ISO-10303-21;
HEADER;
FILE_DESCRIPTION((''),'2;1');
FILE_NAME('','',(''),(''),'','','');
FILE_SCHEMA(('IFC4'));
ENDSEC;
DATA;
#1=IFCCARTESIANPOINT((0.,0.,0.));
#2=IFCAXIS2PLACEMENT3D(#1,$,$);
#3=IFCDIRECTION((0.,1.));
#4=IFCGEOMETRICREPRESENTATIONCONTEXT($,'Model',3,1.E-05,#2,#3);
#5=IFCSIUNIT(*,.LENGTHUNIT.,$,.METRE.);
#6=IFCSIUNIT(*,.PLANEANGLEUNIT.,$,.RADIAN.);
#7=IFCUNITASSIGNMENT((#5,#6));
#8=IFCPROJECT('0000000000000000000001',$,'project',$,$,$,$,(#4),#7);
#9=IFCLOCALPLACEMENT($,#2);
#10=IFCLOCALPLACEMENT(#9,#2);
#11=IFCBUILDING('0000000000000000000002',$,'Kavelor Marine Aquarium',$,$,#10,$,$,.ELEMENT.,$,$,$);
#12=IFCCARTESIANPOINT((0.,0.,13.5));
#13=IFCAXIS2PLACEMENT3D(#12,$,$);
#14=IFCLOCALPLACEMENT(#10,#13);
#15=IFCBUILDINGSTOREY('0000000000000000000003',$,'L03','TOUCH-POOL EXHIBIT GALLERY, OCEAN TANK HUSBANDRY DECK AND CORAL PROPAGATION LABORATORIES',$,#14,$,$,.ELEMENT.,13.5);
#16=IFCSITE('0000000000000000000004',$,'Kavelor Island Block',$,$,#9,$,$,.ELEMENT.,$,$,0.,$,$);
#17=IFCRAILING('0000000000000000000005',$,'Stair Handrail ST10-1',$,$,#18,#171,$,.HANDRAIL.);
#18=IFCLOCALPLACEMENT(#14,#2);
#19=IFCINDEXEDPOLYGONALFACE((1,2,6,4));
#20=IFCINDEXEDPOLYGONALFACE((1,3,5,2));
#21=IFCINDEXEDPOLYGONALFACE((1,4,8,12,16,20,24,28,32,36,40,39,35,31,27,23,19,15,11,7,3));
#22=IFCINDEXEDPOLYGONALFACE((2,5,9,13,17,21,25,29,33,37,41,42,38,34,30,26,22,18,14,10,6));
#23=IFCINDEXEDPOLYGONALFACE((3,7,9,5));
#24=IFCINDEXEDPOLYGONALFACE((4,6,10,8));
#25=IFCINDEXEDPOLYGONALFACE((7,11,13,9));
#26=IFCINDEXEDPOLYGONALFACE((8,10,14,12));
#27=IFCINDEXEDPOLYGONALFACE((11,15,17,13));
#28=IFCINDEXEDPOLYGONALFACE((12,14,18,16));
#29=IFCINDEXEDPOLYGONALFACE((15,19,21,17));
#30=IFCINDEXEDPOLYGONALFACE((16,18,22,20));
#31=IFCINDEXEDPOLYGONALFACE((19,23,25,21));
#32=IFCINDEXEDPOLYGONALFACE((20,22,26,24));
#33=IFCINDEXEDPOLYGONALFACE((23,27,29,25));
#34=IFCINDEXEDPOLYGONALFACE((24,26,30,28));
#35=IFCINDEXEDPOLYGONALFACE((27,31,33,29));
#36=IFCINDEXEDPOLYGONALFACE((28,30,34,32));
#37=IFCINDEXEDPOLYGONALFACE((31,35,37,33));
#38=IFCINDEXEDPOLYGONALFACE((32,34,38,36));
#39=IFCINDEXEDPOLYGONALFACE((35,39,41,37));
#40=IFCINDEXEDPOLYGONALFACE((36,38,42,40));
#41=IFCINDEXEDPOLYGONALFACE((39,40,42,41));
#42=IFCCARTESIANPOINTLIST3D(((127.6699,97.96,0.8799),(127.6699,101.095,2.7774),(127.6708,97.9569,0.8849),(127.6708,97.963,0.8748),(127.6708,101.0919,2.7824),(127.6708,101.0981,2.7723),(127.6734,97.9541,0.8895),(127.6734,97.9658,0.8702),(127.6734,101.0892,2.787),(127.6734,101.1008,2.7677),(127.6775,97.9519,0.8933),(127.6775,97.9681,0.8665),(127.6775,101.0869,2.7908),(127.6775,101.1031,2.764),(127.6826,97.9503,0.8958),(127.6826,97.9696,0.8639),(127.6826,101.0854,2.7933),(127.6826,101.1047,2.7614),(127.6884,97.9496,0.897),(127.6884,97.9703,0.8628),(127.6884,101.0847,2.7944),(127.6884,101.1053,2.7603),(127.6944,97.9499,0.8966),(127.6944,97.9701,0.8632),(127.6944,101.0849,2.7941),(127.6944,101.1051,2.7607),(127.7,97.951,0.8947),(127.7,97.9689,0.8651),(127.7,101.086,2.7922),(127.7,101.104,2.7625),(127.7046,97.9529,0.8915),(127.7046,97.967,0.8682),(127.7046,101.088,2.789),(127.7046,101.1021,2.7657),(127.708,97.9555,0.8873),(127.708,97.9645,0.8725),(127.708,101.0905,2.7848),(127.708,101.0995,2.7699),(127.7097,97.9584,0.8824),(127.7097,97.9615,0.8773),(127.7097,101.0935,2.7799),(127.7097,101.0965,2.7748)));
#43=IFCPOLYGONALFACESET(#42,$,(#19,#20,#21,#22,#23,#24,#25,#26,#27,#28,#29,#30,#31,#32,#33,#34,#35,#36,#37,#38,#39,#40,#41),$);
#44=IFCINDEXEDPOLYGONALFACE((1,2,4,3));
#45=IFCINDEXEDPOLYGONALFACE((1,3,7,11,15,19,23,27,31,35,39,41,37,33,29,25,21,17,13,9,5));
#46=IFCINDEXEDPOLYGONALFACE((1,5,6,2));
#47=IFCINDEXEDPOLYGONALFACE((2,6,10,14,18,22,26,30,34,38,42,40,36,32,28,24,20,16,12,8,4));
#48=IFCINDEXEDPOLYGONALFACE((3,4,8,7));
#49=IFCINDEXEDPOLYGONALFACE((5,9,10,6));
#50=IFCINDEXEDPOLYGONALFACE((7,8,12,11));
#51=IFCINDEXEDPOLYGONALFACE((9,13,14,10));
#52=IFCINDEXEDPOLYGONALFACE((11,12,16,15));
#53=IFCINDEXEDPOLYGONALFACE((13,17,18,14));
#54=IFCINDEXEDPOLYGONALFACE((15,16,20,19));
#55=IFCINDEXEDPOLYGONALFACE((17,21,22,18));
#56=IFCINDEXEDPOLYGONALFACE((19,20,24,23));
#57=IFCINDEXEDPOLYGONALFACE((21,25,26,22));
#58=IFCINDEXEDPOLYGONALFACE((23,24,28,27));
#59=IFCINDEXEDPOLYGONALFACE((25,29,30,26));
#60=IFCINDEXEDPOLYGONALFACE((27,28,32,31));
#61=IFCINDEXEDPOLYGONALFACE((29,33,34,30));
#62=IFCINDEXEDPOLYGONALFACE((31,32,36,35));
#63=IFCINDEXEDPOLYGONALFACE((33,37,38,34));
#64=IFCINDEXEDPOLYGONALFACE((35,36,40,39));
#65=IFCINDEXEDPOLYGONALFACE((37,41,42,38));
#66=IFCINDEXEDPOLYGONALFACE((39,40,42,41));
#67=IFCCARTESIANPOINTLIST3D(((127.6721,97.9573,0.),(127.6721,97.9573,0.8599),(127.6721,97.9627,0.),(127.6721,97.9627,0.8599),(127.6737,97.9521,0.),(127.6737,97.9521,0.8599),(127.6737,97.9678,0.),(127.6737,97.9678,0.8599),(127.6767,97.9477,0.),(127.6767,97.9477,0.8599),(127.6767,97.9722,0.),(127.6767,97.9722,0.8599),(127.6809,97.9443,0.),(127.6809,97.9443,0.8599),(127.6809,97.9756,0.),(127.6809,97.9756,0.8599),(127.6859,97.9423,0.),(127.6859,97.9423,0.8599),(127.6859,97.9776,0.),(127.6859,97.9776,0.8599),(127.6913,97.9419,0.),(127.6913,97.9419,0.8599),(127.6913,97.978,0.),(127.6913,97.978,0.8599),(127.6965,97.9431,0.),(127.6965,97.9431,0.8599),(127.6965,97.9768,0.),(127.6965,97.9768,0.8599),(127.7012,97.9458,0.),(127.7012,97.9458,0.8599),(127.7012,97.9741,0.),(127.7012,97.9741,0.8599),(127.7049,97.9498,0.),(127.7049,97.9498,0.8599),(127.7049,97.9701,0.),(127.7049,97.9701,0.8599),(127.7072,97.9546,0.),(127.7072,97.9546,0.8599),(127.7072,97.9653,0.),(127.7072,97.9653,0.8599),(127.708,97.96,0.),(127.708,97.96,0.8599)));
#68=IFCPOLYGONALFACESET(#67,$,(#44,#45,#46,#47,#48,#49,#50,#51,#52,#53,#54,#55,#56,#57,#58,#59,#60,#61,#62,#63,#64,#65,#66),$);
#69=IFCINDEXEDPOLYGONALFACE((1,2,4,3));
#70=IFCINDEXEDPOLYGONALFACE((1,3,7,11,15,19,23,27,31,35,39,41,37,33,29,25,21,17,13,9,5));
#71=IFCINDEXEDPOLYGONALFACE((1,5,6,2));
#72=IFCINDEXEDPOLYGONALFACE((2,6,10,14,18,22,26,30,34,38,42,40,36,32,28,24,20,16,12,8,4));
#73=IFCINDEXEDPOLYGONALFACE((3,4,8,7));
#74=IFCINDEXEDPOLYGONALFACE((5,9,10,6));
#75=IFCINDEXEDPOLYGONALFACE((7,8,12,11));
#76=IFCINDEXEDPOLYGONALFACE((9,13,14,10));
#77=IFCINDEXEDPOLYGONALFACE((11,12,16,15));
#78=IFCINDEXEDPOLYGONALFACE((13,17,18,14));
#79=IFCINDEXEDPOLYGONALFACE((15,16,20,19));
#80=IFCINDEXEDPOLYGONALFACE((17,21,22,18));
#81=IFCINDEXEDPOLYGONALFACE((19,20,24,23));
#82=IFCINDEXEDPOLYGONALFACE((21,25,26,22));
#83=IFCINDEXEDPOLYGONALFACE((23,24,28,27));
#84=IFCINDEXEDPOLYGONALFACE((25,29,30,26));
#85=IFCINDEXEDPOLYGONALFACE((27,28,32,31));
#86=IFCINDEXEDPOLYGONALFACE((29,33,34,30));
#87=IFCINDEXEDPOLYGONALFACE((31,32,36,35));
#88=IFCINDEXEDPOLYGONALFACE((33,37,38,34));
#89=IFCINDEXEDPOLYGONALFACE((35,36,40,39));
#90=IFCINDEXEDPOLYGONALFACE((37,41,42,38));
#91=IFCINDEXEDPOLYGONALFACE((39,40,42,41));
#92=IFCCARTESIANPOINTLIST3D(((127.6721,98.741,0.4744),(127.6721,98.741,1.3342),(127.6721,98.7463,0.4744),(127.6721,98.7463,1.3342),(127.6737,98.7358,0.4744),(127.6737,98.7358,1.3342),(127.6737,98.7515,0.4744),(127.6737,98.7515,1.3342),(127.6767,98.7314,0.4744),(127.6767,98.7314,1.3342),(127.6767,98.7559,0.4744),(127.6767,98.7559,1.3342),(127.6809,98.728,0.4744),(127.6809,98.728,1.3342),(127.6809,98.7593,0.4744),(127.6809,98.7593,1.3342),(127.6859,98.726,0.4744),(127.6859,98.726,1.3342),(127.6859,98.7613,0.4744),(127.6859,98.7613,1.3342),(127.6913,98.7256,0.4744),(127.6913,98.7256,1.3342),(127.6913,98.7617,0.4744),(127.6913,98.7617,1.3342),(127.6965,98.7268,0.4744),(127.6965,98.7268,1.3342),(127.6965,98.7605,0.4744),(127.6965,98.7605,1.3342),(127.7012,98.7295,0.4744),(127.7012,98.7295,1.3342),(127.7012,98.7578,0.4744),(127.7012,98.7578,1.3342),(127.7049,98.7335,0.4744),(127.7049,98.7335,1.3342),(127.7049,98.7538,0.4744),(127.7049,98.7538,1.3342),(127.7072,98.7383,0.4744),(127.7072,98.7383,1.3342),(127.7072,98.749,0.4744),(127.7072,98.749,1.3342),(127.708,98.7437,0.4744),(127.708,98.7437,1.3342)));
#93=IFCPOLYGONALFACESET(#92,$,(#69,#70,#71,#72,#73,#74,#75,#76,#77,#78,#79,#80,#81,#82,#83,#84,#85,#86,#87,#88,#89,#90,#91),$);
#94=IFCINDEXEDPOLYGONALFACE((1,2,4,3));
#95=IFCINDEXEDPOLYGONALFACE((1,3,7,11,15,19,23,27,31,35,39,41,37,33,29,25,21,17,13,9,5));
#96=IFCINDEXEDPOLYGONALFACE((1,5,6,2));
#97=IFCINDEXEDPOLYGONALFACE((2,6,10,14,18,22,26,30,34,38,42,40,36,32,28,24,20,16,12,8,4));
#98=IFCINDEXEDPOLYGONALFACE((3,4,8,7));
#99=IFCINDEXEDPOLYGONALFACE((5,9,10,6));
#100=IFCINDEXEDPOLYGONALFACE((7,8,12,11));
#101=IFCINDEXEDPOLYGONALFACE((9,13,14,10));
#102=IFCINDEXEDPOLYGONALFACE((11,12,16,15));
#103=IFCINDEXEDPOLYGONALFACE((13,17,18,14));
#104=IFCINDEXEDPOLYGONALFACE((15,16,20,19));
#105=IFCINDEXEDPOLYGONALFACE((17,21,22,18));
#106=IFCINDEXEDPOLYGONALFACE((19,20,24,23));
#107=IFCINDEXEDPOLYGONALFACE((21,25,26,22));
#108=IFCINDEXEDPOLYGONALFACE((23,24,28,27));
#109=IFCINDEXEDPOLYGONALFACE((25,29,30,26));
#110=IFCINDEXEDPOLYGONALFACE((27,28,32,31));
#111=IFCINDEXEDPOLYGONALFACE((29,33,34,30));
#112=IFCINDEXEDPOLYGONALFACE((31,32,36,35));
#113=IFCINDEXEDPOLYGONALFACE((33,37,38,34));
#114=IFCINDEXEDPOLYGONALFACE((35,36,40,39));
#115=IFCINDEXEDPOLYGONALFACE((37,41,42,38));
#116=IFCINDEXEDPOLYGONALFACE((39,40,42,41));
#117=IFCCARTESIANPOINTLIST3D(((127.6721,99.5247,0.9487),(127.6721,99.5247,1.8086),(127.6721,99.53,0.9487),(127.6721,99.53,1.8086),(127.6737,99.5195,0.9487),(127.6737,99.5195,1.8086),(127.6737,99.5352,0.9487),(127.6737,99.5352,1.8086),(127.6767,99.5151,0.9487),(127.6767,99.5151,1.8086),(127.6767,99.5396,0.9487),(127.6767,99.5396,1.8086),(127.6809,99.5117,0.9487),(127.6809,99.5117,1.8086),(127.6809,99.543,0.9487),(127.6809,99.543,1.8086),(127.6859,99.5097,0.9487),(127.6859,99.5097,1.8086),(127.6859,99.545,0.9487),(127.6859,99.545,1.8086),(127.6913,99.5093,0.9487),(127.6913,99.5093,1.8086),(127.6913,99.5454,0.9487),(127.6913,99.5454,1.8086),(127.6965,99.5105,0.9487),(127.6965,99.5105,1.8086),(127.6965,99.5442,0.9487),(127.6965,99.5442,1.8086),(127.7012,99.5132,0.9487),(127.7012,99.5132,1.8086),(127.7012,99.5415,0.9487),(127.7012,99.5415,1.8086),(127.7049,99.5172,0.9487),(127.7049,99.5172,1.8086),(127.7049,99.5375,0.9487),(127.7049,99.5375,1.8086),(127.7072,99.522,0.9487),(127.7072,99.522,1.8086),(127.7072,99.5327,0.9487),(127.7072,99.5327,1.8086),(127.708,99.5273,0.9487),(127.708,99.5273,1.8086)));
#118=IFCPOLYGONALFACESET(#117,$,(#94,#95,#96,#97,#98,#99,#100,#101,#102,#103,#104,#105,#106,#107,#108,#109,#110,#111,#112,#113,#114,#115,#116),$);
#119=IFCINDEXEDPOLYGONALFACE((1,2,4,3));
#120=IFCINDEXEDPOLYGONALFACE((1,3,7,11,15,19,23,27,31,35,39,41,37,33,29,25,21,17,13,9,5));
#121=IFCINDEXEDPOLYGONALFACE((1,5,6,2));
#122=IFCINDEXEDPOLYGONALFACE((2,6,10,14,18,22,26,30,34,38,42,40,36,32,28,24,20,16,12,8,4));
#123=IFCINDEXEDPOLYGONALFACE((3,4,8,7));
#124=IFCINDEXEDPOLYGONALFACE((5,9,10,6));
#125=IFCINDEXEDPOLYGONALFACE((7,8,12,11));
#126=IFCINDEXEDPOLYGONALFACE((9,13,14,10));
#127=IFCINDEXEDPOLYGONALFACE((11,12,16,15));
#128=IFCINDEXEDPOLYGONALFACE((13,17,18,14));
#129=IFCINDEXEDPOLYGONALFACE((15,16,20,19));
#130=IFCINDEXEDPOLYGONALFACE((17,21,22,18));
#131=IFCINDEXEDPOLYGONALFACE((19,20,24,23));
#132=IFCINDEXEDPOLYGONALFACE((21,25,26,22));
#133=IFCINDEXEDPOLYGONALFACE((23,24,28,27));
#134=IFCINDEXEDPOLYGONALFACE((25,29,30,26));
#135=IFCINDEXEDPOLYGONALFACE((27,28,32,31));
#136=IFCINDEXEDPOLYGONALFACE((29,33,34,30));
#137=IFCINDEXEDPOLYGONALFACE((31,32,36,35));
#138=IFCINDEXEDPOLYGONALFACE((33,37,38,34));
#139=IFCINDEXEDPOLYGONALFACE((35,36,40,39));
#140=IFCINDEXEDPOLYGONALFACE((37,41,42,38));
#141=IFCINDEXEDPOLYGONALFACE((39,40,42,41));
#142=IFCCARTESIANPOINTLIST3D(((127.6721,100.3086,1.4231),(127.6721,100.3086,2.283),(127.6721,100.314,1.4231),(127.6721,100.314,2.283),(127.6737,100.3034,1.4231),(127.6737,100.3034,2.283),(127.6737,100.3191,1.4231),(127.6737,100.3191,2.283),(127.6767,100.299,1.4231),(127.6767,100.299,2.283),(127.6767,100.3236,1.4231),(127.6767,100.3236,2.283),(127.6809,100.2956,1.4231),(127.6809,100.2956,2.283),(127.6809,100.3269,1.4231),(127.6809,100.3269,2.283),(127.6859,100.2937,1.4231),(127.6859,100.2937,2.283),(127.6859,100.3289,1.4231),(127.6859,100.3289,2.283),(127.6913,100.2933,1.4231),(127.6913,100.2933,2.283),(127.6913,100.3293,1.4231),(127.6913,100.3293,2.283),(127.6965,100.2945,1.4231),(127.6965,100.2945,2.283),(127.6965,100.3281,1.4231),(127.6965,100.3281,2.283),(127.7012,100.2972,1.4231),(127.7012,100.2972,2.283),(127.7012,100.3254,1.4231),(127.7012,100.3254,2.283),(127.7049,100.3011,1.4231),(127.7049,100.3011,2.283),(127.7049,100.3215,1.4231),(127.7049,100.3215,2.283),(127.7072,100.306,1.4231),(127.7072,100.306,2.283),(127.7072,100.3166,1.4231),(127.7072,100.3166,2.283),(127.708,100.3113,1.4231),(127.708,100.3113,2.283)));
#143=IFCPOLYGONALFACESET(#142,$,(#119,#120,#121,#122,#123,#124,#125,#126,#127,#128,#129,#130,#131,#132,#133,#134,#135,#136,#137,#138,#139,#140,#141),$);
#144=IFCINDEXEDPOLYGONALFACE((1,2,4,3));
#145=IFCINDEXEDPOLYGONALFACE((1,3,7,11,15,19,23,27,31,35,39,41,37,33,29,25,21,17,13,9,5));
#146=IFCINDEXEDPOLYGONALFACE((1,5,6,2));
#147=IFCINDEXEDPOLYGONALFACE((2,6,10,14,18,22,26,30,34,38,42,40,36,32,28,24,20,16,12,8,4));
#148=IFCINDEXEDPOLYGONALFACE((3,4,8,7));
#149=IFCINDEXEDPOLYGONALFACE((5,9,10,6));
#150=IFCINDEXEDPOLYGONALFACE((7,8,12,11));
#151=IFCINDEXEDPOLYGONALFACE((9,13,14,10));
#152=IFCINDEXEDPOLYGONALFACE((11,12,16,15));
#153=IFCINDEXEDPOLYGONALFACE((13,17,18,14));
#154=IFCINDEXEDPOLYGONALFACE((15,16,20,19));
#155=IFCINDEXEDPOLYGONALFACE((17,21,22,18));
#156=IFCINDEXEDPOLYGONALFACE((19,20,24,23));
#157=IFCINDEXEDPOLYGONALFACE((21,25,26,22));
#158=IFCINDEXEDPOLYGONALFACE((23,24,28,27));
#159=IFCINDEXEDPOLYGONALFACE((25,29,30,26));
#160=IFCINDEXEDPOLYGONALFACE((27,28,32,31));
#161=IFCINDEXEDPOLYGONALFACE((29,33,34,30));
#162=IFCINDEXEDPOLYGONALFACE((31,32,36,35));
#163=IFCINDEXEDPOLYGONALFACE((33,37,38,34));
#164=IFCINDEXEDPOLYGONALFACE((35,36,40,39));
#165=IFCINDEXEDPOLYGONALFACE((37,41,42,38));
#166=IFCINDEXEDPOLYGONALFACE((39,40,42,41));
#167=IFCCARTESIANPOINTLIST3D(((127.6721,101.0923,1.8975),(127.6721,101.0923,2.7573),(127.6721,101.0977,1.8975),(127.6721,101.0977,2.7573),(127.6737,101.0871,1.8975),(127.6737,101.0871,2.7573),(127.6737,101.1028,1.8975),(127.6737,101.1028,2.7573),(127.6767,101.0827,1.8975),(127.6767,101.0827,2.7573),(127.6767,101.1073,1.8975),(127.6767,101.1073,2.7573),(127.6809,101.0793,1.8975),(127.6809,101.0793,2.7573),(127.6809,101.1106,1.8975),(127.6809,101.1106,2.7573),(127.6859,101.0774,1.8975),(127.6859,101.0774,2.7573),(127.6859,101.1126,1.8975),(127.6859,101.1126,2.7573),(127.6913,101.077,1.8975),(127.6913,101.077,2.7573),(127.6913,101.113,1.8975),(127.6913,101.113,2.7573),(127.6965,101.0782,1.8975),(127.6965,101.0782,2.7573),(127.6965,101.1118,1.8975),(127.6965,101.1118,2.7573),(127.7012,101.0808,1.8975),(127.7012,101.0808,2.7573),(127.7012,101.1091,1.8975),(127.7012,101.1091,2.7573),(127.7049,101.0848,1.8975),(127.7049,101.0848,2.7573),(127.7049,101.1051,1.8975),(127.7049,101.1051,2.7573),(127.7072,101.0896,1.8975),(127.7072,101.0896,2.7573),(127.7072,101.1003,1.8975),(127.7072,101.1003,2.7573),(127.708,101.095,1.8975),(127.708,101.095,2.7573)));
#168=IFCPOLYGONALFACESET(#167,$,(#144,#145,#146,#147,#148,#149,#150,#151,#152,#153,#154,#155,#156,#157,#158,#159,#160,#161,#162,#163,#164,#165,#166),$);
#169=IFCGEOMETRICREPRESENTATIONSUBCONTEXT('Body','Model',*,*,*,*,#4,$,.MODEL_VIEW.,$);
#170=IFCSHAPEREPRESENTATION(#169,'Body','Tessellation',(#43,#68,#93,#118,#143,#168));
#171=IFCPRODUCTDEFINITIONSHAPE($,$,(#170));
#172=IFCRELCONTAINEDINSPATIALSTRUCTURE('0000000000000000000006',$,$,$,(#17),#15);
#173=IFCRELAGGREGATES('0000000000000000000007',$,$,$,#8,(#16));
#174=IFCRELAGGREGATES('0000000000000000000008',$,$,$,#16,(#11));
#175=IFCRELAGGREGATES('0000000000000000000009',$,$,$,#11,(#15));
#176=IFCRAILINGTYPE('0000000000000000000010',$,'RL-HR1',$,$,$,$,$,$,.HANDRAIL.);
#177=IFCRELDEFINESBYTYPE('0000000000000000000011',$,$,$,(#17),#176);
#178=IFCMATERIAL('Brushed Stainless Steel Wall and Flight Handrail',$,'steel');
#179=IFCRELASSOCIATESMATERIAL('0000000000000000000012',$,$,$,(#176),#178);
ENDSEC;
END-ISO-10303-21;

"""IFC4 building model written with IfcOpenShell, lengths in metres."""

from ifc_helpers import new_model, si_unit, direction, frame, origin, origin_2d, place, context, subcontext, project, spatial, circle, extrude, material, type_object, element, save


model = new_model("IFC4")

# Units and contexts
model_context = context("Model", 3, precision=1e-05, world=origin(), true_north=direction((0.0, 1.0)))
body_context = subcontext(model_context, "Body", "Model", "MODEL_VIEW")
ifc_project = project(units=[si_unit("LENGTHUNIT", "METRE"), si_unit("PLANEANGLEUNIT", "RADIAN")], contexts=[model_context])

# Site, building, storey
site_placement = place(None, origin())
site = spatial("IfcSite", under=ifc_project, at=site_placement, Name="Kavelor Island Block", CompositionType="ELEMENT", RefElevation=0.0)
building_placement = place(site_placement, origin())
building = spatial("IfcBuilding", under=site, at=building_placement, Name="Kavelor Marine Aquarium", CompositionType="ELEMENT")
storey_placement = place(building_placement, frame((0.0, 0.0, 13.5)))
storey = spatial("IfcBuildingStorey", under=building, at=storey_placement, Name="L03", Description="TOUCH-POOL EXHIBIT GALLERY, OCEAN TANK HUSBANDRY DECK AND CORAL PROPAGATION LABORATORIES", CompositionType="ELEMENT", Elevation=13.5)

# Railing
ifc_material_1 = material(Name="Brushed Stainless Steel Wall and Flight Handrail", Category="steel")
railing_type_1 = type_object("IfcRailingType", Name="RL-HR1", PredefinedType="HANDRAIL", material=ifc_material_1)
railing_1_placement = place(storey_placement, frame((127.6899, 97.96, 0.0)))
element("IfcRailing", 1, at=railing_1_placement, inside=storey, type_object=railing_type_1, Name="Stair Handrail ST10-1", PredefinedType="HANDRAIL", context=body_context, shape_type="SweptSolid", body=[
    extrude(circle(Radius=0.02, at=origin_2d()), frame((0.0, 0.0, 0.8799), z_axis=(0.0, 0.855506, 0.517794), x_axis=(-1.0, 0.0, 0.0)), (0.0, 0.0, 1.0), 3.6646),
    extrude(circle(Radius=0.0181, at=origin_2d()), origin(), (0.0, 0.0, 1.0), 0.8599),
    extrude(circle(Radius=0.0181, at=origin_2d()), frame((0.0, 0.7837, 0.4744)), (0.0, 0.0, 1.0), 0.8599),
    extrude(circle(Radius=0.0181, at=origin_2d()), frame((0.0, 1.5674, 0.9487)), (0.0, 0.0, 1.0), 0.8599),
    extrude(circle(Radius=0.0181, at=origin_2d()), frame((0.0, 2.3513, 1.4231)), (0.0, 0.0, 1.0), 0.8599),
    extrude(circle(Radius=0.0181, at=origin_2d()), frame((0.0, 3.135, 1.8975)), (0.0, 0.0, 1.0), 0.8599),
])

save(model, "model.ifc")
